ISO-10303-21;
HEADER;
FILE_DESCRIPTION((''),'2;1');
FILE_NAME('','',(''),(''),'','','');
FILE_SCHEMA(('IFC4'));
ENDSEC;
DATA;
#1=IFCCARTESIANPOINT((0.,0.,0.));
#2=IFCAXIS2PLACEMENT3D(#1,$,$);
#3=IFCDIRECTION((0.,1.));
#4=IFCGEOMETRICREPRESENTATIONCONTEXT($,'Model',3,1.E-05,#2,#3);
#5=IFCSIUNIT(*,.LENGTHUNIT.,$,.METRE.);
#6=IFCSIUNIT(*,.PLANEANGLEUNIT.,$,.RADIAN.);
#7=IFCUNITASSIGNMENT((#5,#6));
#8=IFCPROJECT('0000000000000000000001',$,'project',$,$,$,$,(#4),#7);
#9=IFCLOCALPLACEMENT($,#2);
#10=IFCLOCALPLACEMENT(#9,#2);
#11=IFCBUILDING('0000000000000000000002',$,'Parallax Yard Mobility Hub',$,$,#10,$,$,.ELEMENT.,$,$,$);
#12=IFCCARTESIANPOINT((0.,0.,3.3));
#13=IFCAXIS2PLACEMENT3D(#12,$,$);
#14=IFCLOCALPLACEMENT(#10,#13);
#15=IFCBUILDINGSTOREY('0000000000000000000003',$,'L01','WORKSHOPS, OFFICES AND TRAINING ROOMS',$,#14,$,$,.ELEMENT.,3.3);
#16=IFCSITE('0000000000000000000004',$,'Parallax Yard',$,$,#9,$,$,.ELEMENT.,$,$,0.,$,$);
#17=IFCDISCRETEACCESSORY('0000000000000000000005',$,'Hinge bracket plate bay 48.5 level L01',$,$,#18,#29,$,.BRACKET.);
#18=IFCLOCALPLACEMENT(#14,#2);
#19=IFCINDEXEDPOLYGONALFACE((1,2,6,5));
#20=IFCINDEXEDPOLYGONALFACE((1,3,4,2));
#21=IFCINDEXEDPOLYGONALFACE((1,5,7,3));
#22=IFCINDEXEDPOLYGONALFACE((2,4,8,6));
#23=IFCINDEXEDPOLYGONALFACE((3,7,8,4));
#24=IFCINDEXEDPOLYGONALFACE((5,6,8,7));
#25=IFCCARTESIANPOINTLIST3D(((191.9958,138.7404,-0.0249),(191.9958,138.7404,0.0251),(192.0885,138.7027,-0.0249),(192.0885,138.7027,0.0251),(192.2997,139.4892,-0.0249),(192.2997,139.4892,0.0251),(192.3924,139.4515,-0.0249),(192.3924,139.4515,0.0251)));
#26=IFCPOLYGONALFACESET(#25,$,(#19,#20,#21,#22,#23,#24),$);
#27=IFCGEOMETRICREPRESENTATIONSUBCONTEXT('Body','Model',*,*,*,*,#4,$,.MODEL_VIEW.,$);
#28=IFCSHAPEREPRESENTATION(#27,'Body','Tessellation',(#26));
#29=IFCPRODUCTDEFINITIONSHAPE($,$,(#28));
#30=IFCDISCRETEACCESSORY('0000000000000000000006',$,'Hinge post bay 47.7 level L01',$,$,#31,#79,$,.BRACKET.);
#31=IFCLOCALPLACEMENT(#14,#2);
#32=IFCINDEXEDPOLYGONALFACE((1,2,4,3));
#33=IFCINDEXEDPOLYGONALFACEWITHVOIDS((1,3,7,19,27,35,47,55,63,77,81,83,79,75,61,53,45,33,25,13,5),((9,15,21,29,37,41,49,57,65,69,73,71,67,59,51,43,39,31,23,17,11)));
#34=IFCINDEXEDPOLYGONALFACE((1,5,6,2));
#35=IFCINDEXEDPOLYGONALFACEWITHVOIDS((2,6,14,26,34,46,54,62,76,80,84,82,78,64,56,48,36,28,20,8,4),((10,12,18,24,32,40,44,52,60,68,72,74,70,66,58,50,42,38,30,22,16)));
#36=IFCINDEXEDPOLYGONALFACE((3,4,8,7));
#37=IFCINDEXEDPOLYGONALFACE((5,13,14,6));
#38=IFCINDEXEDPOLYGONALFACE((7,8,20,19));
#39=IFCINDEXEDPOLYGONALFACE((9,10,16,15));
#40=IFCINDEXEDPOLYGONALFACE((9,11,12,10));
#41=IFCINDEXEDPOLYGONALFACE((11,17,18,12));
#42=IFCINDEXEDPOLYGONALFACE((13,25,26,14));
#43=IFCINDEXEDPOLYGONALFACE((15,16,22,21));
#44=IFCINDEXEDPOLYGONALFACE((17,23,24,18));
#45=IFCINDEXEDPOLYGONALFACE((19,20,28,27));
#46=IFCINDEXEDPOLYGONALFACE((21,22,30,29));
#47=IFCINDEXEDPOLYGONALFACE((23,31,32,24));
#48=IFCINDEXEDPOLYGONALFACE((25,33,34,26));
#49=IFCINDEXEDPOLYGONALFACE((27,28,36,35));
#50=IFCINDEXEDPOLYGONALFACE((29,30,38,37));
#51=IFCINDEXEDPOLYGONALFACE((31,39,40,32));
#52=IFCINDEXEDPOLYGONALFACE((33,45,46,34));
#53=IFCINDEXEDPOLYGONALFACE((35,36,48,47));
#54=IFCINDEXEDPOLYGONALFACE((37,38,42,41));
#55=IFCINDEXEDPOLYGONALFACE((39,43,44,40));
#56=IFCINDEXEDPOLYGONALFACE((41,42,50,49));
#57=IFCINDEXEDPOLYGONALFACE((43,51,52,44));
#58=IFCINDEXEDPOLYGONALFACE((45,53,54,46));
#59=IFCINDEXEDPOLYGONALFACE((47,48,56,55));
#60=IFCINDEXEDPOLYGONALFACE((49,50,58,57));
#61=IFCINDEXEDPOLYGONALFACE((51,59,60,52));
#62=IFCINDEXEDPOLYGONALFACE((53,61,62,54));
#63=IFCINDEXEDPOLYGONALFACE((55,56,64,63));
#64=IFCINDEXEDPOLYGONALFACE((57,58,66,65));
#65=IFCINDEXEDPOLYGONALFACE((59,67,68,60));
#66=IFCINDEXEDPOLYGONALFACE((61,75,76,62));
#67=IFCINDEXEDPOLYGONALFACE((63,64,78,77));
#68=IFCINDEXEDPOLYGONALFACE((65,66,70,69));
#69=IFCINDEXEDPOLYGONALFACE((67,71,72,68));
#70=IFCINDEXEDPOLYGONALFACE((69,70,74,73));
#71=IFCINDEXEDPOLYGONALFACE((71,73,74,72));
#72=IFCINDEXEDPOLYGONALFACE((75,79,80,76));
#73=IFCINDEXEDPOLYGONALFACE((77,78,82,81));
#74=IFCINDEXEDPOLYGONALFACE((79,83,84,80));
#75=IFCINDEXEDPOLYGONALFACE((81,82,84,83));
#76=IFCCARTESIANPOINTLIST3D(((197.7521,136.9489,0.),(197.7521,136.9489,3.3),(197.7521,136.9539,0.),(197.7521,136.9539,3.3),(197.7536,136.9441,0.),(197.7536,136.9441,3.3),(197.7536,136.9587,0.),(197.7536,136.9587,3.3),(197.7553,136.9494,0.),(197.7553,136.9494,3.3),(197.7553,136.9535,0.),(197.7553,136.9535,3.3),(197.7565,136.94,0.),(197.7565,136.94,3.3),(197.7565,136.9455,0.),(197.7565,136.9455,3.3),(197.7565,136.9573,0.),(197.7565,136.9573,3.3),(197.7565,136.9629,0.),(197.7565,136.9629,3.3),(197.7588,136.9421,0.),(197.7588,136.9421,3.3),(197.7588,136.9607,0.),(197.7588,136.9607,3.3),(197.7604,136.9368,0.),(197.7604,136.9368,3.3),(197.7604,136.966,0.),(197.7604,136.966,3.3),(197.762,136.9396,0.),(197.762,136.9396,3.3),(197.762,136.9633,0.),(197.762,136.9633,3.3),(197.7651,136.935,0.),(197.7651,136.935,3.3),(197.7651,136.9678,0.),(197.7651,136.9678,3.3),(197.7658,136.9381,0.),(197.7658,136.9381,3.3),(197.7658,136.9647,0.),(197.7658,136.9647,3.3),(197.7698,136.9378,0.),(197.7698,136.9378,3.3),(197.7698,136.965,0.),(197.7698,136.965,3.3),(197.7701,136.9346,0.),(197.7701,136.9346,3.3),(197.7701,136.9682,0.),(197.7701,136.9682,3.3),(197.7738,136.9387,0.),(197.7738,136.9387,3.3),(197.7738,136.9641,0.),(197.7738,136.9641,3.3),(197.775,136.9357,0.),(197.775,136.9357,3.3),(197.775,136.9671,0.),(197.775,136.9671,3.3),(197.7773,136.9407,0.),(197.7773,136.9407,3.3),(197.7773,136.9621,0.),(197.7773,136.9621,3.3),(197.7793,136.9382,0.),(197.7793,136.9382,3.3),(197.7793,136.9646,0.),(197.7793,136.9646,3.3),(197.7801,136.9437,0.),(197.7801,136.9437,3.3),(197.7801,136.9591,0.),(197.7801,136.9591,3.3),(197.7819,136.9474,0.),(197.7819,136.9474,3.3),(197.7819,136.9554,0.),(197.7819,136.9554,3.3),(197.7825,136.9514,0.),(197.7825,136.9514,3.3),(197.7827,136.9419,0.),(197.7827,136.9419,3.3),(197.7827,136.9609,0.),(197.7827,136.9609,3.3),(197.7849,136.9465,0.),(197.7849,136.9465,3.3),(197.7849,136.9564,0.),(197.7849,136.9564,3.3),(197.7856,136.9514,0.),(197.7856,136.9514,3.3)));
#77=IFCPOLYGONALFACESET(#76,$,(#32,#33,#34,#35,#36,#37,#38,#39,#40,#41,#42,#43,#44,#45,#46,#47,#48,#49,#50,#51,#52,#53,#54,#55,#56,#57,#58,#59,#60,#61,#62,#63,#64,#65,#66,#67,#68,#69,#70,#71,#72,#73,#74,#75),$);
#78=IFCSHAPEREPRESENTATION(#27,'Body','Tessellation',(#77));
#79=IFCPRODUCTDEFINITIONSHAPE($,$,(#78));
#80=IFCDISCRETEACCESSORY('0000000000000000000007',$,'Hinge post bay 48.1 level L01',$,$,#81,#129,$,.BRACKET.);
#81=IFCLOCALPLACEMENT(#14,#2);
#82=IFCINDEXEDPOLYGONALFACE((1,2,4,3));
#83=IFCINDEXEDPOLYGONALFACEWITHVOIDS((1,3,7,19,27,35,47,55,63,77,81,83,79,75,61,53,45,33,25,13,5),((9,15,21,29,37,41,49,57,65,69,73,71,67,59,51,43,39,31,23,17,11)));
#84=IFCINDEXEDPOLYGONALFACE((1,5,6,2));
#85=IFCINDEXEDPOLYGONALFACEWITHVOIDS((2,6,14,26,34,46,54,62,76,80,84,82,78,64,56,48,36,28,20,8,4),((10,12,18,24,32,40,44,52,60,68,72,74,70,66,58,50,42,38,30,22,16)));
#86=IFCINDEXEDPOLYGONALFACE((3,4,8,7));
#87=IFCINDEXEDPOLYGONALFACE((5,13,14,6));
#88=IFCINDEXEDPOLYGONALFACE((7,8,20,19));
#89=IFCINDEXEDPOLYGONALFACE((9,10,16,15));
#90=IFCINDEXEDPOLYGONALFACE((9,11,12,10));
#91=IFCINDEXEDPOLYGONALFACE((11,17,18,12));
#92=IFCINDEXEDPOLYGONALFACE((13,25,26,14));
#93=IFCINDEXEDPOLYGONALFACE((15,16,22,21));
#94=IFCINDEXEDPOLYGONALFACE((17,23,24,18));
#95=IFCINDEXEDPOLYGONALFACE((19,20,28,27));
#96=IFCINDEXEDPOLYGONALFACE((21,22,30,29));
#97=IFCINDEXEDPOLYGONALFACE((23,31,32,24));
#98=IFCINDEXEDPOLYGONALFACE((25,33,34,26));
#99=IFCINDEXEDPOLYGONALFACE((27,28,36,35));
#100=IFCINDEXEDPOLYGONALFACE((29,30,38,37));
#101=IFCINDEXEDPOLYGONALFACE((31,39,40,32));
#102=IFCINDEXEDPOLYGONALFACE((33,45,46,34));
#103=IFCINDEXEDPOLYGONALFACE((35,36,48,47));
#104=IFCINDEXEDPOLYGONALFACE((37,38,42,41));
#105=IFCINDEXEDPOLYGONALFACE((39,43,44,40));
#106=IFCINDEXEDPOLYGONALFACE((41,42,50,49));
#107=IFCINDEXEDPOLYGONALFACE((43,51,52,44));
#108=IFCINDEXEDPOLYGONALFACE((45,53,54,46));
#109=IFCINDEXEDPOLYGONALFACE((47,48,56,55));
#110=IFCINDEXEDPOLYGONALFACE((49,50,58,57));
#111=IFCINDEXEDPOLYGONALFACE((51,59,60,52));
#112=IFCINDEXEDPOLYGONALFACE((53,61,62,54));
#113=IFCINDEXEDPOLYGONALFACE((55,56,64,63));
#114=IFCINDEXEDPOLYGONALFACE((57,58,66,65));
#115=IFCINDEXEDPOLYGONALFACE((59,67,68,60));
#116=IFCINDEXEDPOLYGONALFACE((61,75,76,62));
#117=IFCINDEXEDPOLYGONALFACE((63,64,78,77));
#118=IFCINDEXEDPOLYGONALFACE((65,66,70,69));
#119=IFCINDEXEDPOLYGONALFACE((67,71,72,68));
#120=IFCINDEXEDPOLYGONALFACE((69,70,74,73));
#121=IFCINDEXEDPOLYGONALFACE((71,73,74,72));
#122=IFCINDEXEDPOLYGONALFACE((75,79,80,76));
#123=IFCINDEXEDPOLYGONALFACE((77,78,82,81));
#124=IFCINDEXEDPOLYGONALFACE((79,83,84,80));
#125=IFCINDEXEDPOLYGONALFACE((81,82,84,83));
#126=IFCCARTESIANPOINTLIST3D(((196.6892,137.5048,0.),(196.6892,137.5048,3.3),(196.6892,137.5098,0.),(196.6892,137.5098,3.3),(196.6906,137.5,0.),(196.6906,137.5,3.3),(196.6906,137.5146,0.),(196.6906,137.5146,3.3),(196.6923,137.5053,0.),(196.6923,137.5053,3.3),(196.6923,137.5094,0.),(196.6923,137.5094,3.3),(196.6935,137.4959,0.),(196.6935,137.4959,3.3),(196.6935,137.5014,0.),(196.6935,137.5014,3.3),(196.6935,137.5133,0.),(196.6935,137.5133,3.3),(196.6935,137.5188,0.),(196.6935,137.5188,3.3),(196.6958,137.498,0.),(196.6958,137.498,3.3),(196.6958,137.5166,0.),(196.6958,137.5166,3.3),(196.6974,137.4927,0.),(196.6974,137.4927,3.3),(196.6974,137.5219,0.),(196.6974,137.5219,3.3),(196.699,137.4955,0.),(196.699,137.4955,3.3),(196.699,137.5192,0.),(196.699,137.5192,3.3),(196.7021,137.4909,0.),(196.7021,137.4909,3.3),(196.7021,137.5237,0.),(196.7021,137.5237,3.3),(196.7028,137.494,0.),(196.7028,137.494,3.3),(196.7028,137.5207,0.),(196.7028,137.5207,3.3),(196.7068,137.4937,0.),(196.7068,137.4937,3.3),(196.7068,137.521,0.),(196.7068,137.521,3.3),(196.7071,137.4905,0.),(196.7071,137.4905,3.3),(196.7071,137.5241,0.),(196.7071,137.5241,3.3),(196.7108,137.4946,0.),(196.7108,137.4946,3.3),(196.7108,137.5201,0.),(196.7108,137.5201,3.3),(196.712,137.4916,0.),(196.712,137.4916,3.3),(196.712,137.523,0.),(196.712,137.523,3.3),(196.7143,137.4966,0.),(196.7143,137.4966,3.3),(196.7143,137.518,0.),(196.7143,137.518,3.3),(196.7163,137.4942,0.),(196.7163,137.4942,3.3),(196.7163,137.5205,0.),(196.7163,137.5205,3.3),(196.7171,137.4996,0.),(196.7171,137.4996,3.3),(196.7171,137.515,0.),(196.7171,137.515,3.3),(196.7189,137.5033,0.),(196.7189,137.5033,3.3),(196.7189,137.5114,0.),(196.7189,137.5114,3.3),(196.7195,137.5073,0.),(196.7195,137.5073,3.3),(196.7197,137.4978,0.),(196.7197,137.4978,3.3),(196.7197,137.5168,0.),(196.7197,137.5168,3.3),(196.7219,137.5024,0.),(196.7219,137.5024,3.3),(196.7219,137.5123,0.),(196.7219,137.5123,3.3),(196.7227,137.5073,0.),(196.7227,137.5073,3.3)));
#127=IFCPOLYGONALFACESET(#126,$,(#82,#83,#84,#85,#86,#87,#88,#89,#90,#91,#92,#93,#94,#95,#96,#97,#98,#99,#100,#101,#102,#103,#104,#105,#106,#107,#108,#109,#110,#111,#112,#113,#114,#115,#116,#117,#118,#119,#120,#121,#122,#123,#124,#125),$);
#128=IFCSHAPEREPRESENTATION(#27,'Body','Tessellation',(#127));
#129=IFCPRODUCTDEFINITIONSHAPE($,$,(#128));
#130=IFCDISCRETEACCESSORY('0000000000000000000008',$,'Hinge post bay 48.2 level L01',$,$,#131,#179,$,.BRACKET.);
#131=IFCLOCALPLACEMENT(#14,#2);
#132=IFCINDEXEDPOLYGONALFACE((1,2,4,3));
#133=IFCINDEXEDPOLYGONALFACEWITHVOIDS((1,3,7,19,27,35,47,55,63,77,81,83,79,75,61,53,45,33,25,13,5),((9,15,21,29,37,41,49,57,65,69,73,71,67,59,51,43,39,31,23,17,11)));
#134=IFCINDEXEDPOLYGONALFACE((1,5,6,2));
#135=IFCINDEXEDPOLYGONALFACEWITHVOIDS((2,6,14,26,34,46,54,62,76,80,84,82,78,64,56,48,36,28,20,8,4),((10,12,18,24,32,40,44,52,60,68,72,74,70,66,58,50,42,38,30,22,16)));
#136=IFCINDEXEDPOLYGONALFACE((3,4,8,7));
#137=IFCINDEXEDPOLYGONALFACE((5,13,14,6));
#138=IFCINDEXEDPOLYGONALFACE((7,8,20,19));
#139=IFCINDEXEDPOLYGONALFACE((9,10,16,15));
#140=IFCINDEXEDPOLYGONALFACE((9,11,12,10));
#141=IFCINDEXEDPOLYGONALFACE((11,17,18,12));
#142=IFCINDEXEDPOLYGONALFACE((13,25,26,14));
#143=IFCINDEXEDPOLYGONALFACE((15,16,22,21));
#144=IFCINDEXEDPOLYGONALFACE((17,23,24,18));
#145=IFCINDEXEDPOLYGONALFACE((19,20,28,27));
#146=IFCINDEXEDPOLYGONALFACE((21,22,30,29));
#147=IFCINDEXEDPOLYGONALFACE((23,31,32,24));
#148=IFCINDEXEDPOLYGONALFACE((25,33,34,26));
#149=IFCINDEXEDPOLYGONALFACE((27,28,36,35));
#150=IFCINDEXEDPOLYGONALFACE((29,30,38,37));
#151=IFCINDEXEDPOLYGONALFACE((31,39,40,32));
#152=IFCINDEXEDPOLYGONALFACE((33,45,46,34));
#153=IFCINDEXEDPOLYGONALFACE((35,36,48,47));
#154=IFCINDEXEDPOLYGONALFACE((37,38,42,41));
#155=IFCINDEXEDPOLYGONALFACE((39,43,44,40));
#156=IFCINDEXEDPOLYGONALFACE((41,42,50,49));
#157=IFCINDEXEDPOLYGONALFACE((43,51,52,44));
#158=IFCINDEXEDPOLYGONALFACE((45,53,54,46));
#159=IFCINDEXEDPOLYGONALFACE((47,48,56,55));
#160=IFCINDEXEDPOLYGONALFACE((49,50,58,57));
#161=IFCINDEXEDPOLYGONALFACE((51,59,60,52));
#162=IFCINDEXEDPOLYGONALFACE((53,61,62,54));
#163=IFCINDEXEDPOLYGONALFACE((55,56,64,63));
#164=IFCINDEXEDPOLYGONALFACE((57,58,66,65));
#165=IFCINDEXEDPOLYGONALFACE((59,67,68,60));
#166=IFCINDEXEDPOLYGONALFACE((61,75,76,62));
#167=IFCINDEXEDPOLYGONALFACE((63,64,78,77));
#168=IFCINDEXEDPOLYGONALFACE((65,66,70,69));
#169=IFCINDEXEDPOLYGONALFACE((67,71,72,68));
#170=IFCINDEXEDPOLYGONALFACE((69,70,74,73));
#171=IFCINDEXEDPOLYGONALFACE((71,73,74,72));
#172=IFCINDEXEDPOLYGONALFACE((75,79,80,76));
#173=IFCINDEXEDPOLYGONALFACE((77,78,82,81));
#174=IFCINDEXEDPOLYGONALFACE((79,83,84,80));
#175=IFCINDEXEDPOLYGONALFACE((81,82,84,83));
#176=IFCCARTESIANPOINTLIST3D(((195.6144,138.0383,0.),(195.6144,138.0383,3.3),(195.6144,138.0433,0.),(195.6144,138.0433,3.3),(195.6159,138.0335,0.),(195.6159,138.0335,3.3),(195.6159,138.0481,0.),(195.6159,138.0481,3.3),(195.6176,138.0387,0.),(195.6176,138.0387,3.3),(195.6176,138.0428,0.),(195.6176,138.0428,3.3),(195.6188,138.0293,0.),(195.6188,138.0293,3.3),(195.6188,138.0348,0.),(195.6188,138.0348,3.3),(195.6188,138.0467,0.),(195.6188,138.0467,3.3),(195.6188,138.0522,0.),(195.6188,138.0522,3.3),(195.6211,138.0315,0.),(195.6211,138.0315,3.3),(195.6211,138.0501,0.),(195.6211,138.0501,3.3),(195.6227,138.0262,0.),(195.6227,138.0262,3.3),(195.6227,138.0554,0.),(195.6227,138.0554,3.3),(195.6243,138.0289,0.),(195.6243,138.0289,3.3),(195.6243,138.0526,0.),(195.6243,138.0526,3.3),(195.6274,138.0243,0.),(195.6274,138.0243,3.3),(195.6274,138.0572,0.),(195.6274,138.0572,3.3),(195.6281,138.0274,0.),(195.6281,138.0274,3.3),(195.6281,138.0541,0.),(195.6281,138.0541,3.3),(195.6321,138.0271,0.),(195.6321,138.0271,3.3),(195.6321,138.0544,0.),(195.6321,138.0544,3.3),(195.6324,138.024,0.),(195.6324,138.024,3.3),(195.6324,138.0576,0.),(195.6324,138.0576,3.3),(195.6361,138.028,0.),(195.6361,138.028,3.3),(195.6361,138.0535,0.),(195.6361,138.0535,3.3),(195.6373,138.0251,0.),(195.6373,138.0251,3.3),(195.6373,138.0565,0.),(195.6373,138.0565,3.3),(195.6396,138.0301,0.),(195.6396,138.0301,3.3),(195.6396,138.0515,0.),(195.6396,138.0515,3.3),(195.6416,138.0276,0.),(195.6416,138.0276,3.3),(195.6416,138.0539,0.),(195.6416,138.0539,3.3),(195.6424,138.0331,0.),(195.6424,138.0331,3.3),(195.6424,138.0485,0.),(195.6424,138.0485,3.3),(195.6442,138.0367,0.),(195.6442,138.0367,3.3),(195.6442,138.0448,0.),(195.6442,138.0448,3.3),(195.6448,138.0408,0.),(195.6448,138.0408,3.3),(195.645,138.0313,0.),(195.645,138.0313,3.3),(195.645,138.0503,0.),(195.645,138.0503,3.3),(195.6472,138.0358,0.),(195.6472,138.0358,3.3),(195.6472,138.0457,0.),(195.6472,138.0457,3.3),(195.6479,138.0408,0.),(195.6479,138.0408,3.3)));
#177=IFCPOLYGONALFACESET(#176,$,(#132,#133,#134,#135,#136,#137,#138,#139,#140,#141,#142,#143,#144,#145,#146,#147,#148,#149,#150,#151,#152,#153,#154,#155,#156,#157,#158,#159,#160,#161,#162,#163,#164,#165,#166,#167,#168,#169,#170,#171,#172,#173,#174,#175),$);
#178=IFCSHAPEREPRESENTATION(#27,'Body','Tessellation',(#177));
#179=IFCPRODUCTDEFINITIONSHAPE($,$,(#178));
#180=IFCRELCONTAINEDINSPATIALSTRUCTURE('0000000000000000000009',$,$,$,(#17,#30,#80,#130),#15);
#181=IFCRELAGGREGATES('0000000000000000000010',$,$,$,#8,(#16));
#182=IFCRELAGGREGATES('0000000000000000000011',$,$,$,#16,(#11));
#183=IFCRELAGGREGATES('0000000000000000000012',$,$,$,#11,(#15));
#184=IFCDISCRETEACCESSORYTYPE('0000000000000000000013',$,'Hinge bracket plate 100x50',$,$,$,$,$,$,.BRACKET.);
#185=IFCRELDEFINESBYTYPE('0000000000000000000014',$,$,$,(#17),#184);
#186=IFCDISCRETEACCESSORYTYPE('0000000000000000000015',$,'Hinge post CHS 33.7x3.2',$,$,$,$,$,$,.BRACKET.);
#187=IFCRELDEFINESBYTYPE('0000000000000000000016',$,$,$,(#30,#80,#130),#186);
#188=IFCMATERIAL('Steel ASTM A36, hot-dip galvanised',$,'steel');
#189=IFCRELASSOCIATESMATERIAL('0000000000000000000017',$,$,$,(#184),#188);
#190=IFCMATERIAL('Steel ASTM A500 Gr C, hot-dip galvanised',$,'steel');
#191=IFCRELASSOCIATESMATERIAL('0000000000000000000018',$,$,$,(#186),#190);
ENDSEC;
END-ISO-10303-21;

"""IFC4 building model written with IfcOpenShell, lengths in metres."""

from ifc_helpers import new_model, si_unit, direction, frame, origin, origin_2d, place, context, subcontext, project, spatial, rectangle, hollow_circle, extrude, material, material_profile, profile_set, type_object, element, save


model = new_model("IFC4")

# Units and contexts
model_context = context("Model", 3, precision=1e-05, world=origin(), true_north=direction((0.0, 1.0)))
body_context = subcontext(model_context, "Body", "Model", "MODEL_VIEW")
ifc_project = project(units=[si_unit("LENGTHUNIT", "METRE"), si_unit("PLANEANGLEUNIT", "RADIAN")], contexts=[model_context])

# Site, building, storey
site_placement = place(None, origin())
site = spatial("IfcSite", under=ifc_project, at=site_placement, Name="Parallax Yard", CompositionType="ELEMENT", RefElevation=0.0)
building_placement = place(site_placement, origin())
building = spatial("IfcBuilding", under=site, at=building_placement, Name="Parallax Yard Mobility Hub", CompositionType="ELEMENT")
storey_placement = place(building_placement, frame((0.0, 0.0, 3.3)))
storey = spatial("IfcBuildingStorey", under=building, at=storey_placement, Name="L01", Description="WORKSHOPS, OFFICES AND TRAINING ROOMS", CompositionType="ELEMENT", Elevation=3.3)

# Discrete accessories
ifc_material_1 = material(Name="Steel ASTM A36, hot-dip galvanised", Category="steel")
discrete_accessory_type_1 = type_object("IfcDiscreteAccessoryType", Name="Hinge bracket plate 100x50", PredefinedType="BRACKET", material=ifc_material_1)
for number, where, z_axis, x_axis, name in (
    (1, (192.1941, 139.0959, -0.0249), (0.0, 0.0, 1.0), (0.376077, 0.926588, 0.0), "Hinge bracket plate bay 48.5 level L01"),
):
    element("IfcDiscreteAccessory", number, at=place(storey_placement, frame(where, z_axis=z_axis, x_axis=x_axis)), inside=storey, type_object=discrete_accessory_type_1, Name=name, PredefinedType="BRACKET", context=body_context, shape_type="SweptSolid", body=[
        extrude(rectangle(XDim=0.8081, YDim=0.1001, at=origin_2d()), origin(), (0.0, 0.0, 1.0), 0.05),
    ])
ifc_material_2 = material(Name="Steel ASTM A500 Gr C, hot-dip galvanised", Category="steel")
ifc_material_profile_1 = material_profile(ifc_material_2, hollow_circle(Radius=0.0168, WallThickness=0.0032, at=origin_2d()), Name="CHS 33.7x3.2")
ifc_profile_set_1 = profile_set([ifc_material_profile_1], Name="Steel ASTM A500 Gr C, hot-dip galvanised")
discrete_accessory_type_2 = type_object("IfcDiscreteAccessoryType", Name="Hinge post CHS 33.7x3.2", PredefinedType="BRACKET", material=ifc_profile_set_1)
for number, where, z_axis, x_axis, name in (
    (2, (197.7688, 136.9514, 0.0), (0.0, 0.0, 1.0), (1.0, 0.0, 0.0), "Hinge post bay 47.7 level L01"),
    (3, (196.7058, 137.5073, 0.0), (0.0, 0.0, 1.0), (1.0, 0.0, 0.0), "Hinge post bay 48.1 level L01"),
    (4, (195.6311, 138.0408, 0.0), (0.0, 0.0, 1.0), (1.0, 0.0, 0.0), "Hinge post bay 48.2 level L01"),
):
    element("IfcDiscreteAccessory", number, at=place(storey_placement, frame(where, z_axis=z_axis, x_axis=x_axis)), inside=storey, type_object=discrete_accessory_type_2, Name=name, PredefinedType="BRACKET", context=body_context, shape_type="SweptSolid", body=[
        extrude(hollow_circle(Radius=0.0168, WallThickness=0.0032, at=origin_2d()), origin(), (0.0, 0.0, 1.0), 3.3),
    ])

save(model, "model.ifc")
